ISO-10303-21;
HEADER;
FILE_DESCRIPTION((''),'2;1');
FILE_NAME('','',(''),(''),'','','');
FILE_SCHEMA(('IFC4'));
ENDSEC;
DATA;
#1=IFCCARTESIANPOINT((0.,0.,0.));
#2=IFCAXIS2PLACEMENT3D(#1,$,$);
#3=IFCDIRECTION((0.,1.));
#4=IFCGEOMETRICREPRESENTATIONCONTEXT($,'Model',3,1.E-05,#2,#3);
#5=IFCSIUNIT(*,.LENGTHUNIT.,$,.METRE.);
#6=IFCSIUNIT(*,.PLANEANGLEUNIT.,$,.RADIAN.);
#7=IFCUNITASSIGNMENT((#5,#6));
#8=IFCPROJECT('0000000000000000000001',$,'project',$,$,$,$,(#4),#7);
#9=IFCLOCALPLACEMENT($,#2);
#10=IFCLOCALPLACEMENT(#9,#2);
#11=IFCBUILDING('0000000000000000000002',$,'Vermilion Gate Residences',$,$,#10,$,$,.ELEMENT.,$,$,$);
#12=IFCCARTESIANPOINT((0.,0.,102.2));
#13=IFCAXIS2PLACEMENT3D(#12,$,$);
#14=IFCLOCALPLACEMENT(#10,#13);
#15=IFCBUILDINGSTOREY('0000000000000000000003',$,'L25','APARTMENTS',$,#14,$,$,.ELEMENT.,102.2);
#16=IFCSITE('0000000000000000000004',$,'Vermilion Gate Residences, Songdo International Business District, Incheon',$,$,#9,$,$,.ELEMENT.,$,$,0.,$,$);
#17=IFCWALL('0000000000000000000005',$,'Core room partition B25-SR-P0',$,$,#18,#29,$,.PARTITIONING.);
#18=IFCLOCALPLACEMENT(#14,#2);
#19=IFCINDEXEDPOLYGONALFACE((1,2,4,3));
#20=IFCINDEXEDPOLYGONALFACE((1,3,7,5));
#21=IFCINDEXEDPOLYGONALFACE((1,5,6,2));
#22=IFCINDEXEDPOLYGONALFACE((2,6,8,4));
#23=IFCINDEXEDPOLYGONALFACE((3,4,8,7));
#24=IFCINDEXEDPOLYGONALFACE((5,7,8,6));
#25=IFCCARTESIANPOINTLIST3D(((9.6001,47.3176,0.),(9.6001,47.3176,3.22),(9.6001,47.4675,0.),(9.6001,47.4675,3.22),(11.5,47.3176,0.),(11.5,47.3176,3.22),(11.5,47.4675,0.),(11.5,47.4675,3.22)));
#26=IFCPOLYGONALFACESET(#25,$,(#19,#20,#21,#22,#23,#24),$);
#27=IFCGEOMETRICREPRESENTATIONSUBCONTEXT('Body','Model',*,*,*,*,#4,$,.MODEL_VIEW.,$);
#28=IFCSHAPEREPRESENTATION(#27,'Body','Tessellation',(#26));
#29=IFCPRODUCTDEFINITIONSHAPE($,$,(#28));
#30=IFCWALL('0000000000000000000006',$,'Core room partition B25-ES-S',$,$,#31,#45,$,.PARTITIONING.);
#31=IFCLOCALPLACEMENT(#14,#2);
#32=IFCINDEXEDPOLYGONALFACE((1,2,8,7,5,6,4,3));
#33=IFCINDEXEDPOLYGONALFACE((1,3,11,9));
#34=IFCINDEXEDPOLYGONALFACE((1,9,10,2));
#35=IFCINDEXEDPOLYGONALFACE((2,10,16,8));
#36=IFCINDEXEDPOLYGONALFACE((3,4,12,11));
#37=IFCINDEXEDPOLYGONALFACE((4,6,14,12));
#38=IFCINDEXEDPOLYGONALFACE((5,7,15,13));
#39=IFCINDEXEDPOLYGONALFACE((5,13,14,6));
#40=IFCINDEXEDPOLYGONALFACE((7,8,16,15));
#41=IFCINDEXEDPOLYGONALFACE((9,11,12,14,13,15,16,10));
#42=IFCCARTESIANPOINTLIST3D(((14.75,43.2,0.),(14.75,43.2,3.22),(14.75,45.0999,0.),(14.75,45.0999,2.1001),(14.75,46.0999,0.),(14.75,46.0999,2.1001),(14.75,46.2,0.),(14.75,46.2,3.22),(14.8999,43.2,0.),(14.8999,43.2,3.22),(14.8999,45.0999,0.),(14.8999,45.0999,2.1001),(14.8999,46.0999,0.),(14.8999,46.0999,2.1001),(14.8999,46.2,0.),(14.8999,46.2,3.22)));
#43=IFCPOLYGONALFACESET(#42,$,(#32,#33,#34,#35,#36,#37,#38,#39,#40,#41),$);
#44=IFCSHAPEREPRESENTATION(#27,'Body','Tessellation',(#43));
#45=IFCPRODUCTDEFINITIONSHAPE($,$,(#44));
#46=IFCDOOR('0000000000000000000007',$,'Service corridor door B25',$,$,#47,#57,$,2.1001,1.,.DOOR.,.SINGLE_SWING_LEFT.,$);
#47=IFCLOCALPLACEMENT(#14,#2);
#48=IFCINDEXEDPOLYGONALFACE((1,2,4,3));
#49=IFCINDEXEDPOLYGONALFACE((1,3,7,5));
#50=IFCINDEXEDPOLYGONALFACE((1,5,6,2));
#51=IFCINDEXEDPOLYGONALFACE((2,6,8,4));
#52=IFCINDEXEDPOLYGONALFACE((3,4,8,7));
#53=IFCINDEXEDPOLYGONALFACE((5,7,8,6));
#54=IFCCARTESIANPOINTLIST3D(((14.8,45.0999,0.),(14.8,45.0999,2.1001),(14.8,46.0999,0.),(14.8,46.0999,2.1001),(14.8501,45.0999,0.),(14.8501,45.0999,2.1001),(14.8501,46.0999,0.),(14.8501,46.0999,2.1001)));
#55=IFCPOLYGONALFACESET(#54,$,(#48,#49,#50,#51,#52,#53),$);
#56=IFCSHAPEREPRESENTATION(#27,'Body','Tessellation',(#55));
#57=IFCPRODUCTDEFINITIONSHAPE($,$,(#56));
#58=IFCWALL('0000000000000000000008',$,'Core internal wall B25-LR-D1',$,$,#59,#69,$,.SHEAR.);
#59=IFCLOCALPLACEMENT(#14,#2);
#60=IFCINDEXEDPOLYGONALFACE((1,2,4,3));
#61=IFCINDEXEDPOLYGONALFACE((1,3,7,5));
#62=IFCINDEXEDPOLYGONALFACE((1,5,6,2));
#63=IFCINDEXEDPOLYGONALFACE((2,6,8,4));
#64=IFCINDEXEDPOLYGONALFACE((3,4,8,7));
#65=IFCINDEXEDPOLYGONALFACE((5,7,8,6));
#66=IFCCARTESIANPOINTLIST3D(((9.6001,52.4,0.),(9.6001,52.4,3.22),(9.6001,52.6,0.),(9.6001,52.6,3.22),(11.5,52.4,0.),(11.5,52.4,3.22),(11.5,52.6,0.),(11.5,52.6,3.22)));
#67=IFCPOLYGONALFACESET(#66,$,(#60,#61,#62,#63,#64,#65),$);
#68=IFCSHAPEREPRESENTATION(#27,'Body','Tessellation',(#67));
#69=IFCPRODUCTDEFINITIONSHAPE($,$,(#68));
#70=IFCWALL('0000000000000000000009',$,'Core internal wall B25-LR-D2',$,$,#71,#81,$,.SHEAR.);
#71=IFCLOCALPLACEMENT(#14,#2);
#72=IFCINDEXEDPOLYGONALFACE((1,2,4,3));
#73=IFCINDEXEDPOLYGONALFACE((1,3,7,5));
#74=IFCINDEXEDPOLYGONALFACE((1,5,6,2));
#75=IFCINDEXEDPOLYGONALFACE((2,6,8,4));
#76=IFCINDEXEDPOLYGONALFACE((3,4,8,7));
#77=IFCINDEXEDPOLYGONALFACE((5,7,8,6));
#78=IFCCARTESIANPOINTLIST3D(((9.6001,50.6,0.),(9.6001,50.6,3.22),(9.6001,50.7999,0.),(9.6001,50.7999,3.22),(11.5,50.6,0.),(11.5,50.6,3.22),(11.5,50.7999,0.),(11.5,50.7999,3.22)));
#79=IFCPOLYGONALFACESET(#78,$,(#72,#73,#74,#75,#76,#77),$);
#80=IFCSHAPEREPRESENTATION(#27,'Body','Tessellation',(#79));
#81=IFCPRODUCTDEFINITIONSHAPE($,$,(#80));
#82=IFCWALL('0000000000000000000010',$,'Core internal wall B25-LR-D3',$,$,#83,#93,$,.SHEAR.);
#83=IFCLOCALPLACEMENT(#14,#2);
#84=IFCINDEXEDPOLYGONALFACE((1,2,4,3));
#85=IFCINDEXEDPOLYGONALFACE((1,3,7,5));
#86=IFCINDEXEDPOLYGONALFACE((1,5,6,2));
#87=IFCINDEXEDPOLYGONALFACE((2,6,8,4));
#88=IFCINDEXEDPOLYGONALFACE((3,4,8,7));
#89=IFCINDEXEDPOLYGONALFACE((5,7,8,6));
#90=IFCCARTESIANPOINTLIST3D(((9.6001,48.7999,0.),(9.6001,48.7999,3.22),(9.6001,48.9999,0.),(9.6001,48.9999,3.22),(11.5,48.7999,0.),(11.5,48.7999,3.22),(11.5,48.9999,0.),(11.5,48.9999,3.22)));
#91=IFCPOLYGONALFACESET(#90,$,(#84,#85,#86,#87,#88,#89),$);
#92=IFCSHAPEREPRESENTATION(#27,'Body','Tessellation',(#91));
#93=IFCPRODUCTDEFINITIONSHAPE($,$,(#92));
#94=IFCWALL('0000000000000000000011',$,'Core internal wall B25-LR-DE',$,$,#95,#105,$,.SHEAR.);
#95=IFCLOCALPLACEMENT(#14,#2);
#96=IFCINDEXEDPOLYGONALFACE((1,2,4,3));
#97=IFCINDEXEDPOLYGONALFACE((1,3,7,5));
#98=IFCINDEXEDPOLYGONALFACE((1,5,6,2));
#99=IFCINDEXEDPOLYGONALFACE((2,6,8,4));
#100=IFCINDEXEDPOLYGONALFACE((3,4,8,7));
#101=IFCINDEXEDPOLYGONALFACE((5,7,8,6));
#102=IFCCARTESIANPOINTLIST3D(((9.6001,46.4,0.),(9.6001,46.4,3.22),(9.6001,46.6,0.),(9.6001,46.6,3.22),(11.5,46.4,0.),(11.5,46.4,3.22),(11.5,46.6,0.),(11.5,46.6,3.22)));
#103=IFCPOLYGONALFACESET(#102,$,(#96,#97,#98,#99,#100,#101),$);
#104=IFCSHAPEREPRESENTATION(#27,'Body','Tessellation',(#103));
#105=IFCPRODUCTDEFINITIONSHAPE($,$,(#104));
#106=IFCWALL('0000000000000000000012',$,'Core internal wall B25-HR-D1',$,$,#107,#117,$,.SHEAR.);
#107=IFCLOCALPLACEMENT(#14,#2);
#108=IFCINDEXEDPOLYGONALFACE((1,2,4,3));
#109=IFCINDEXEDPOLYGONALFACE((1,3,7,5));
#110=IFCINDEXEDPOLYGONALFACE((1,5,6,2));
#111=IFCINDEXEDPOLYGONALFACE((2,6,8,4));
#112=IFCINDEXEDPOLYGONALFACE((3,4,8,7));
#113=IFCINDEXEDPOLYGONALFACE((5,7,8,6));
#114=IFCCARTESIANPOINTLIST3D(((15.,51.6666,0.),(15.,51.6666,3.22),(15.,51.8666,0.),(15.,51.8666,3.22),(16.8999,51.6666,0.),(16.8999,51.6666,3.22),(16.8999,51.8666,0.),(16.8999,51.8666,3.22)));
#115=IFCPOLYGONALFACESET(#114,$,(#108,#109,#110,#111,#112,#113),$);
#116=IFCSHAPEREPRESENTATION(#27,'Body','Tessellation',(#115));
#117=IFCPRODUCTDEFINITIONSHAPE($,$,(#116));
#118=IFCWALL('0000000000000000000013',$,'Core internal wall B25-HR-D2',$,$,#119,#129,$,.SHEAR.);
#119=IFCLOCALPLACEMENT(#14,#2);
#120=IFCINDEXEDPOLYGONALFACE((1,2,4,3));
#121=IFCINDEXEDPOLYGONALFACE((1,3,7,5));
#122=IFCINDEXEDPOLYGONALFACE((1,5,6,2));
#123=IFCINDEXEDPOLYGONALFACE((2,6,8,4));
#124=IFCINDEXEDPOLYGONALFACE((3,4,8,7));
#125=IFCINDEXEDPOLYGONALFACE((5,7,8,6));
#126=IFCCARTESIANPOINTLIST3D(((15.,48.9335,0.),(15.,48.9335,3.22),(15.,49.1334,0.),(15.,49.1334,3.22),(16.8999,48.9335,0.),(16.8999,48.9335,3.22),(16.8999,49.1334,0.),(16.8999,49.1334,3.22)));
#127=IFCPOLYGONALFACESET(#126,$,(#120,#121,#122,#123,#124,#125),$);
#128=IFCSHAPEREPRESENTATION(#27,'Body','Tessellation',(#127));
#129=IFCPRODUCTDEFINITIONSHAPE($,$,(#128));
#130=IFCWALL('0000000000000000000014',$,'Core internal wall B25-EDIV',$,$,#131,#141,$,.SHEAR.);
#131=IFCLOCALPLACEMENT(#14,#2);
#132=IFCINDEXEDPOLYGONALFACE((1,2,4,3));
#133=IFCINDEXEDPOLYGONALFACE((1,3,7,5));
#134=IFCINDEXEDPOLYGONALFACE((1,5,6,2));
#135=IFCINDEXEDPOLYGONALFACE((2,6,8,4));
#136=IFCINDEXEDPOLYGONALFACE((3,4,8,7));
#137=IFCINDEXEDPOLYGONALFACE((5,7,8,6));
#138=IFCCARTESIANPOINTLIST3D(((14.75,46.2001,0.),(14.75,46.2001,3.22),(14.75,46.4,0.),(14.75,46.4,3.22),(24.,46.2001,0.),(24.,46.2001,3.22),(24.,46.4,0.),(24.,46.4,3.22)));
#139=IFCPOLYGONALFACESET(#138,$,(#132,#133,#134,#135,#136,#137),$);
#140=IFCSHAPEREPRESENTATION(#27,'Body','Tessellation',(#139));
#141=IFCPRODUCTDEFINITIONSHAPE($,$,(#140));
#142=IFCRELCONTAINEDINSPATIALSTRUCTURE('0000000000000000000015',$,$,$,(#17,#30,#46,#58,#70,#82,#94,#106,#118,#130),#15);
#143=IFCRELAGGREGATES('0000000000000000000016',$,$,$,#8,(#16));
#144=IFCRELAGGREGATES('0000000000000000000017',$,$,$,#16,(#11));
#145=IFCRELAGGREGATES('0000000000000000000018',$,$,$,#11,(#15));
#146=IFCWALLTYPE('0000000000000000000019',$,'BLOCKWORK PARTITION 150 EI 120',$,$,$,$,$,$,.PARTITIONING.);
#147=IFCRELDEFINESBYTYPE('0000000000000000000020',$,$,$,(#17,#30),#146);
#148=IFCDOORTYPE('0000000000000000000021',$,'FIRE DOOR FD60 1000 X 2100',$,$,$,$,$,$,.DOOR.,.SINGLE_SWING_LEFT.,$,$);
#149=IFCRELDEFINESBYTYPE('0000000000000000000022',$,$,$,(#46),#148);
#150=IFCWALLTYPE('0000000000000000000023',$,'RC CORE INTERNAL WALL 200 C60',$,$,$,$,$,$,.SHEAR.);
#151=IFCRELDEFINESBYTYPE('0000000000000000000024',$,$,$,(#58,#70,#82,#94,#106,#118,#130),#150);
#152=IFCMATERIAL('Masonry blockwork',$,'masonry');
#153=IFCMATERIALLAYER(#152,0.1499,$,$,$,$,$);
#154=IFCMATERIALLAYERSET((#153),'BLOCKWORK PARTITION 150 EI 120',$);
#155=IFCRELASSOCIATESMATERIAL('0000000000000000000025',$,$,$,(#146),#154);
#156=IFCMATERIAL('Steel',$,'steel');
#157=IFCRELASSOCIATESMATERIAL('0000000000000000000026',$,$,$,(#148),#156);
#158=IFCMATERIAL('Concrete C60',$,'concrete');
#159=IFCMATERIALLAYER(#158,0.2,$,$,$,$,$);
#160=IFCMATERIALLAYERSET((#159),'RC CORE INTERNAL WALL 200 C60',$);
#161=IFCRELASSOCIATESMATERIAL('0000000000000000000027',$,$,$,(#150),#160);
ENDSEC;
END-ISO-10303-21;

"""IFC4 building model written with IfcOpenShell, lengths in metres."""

from ifc_helpers import new_model, si_unit, direction, frame, frame_2d, origin, place, context, subcontext, project, spatial, rectangle, extrude, material, layer, layer_set, type_object, element, fill, save


model = new_model("IFC4")

# Units and contexts
model_context = context("Model", 3, precision=1e-05, world=origin(), true_north=direction((0.0, 1.0)))
body_context = subcontext(model_context, "Body", "Model", "MODEL_VIEW")
ifc_project = project(units=[si_unit("LENGTHUNIT", "METRE"), si_unit("PLANEANGLEUNIT", "RADIAN")], contexts=[model_context])

# Site, building, storey
site_placement = place(None, origin())
site = spatial("IfcSite", under=ifc_project, at=site_placement, Name="Vermilion Gate Residences, Songdo International Business District, Incheon", CompositionType="ELEMENT", RefElevation=0.0)
building_placement = place(site_placement, origin())
building = spatial("IfcBuilding", under=site, at=building_placement, Name="Vermilion Gate Residences", CompositionType="ELEMENT")
storey_placement = place(building_placement, frame((0.0, 0.0, 102.2)))
storey = spatial("IfcBuildingStorey", under=building, at=storey_placement, Name="L25", Description="APARTMENTS", CompositionType="ELEMENT", Elevation=102.2)

# Wall
ifc_material_1 = material(Name="Masonry blockwork", Category="masonry")
ifc_layer_1 = layer(ifc_material_1, 0.1499)
ifc_layer_set_1 = layer_set([ifc_layer_1], Name="BLOCKWORK PARTITION 150 EI 120")
wall_type_1 = type_object("IfcWallType", Name="BLOCKWORK PARTITION 150 EI 120", PredefinedType="PARTITIONING", material=ifc_layer_set_1)
wall_1_placement = place(storey_placement, frame((9.6001, 47.3926, 0.0), z_axis=(0.0, 0.0, 1.0), x_axis=(1.0, 0.0, 0.0)))
element("IfcWall", 1, at=wall_1_placement, inside=storey, type_object=wall_type_1, Name="Core room partition B25-SR-P0", PredefinedType="PARTITIONING", context=body_context, shape_type="SweptSolid", body=[
    extrude(rectangle(XDim=1.8999, YDim=0.1499, at=frame_2d((0.95, 0.0))), origin(), (0.0, 0.0, 1.0), 3.22),
])

# Wall, opening, door
wall_2_placement = place(storey_placement, frame((14.825, 46.2, 0.0), z_axis=(0.0, 0.0, 1.0), x_axis=(0.0, -1.0, 0.0)))
wall_2 = element("IfcWall", 2, at=wall_2_placement, inside=storey, type_object=wall_type_1, Name="Core room partition B25-ES-S", PredefinedType="PARTITIONING", context=body_context, shape_type="SweptSolid", body=[
    extrude(rectangle(XDim=3.0, YDim=0.1499, at=frame_2d((1.5, 0.0))), origin(), (0.0, 0.0, 1.0), 3.22),
])
opening_placement = place(wall_2_placement, frame((0.1001, 0.0, 0.0)))
opening = element("IfcOpeningElement", 3, at=opening_placement, cuts=wall_2, PredefinedType="OPENING", context=body_context, shape_type="SweptSolid", body=[
    extrude(rectangle(XDim=1.0, YDim=2.1001, at=frame_2d((0.5, 1.05))), frame((0.0, 0.085, 0.0), z_axis=(0.0, -1.0, 0.0), x_axis=(1.0, 0.0, 0.0)), (0.0, 0.0, 1.0), 0.1699),
])
ifc_material_2 = material(Name="Steel", Category="steel")
door_type = type_object("IfcDoorType", Name="FIRE DOOR FD60 1000 X 2100", OperationType="SINGLE_SWING_LEFT", PredefinedType="DOOR", material=ifc_material_2)
door_placement = place(opening_placement, frame((1.0, 0.0, 0.0), z_axis=(0.0, 0.0, 1.0), x_axis=(-1.0, 0.0, 0.0)))
door = element("IfcDoor", 4, at=door_placement, inside=storey, type_object=door_type, Name="Service corridor door B25", OperationType="SINGLE_SWING_LEFT", OverallHeight=2.1001, OverallWidth=1.0, PredefinedType="DOOR", context=body_context, shape_type="SweptSolid", body=[
    extrude(rectangle(XDim=1.0, YDim=2.1001, at=frame_2d((0.5, 1.05))), frame((0.0, 0.0249, 0.0), z_axis=(0.0, -1.0, 0.0), x_axis=(1.0, 0.0, 0.0)), (0.0, 0.0, 1.0), 0.05),
])
fill(opening, door)

# Walls
ifc_material_3 = material(Name="Concrete C60", Category="concrete")
ifc_layer_2 = layer(ifc_material_3, 0.2)
ifc_layer_set_2 = layer_set([ifc_layer_2], Name="RC CORE INTERNAL WALL 200 C60")
wall_type_2 = type_object("IfcWallType", Name="RC CORE INTERNAL WALL 200 C60", PredefinedType="SHEAR", material=ifc_layer_set_2)
for number, where, z_axis, x_axis, name in (
    (5, (9.6001, 52.5, 0.0), (0.0, 0.0, 1.0), (1.0, 0.0, 0.0), "Core internal wall B25-LR-D1"),
    (6, (9.6001, 50.7, 0.0), (0.0, 0.0, 1.0), (1.0, 0.0, 0.0), "Core internal wall B25-LR-D2"),
    (7, (9.6001, 48.8999, 0.0), (0.0, 0.0, 1.0), (1.0, 0.0, 0.0), "Core internal wall B25-LR-D3"),
    (8, (9.6001, 46.5, 0.0), (0.0, 0.0, 1.0), (1.0, 0.0, 0.0), "Core internal wall B25-LR-DE"),
    (9, (15.0, 51.7666, 0.0), (0.0, 0.0, 1.0), (1.0, 0.0, 0.0), "Core internal wall B25-HR-D1"),
    (10, (15.0, 49.0334, 0.0), (0.0, 0.0, 1.0), (1.0, 0.0, 0.0), "Core internal wall B25-HR-D2"),
):
    element("IfcWall", number, at=place(storey_placement, frame(where, z_axis=z_axis, x_axis=x_axis)), inside=storey, type_object=wall_type_2, Name=name, PredefinedType="SHEAR", context=body_context, shape_type="SweptSolid", body=[
        extrude(rectangle(XDim=1.8999, YDim=0.2, at=frame_2d((0.95, 0.0))), origin(), (0.0, 0.0, 1.0), 3.22),
    ])
wall_3_placement = place(storey_placement, frame((14.75, 46.3, 0.0), z_axis=(0.0, 0.0, 1.0), x_axis=(1.0, 0.0, 0.0)))
element("IfcWall", 11, at=wall_3_placement, inside=storey, type_object=wall_type_2, Name="Core internal wall B25-EDIV", PredefinedType="SHEAR", context=body_context, shape_type="SweptSolid", body=[
    extrude(rectangle(XDim=9.25, YDim=0.2, at=frame_2d((4.625, 0.0))), origin(), (0.0, 0.0, 1.0), 3.22),
])

save(model, "model.ifc")
